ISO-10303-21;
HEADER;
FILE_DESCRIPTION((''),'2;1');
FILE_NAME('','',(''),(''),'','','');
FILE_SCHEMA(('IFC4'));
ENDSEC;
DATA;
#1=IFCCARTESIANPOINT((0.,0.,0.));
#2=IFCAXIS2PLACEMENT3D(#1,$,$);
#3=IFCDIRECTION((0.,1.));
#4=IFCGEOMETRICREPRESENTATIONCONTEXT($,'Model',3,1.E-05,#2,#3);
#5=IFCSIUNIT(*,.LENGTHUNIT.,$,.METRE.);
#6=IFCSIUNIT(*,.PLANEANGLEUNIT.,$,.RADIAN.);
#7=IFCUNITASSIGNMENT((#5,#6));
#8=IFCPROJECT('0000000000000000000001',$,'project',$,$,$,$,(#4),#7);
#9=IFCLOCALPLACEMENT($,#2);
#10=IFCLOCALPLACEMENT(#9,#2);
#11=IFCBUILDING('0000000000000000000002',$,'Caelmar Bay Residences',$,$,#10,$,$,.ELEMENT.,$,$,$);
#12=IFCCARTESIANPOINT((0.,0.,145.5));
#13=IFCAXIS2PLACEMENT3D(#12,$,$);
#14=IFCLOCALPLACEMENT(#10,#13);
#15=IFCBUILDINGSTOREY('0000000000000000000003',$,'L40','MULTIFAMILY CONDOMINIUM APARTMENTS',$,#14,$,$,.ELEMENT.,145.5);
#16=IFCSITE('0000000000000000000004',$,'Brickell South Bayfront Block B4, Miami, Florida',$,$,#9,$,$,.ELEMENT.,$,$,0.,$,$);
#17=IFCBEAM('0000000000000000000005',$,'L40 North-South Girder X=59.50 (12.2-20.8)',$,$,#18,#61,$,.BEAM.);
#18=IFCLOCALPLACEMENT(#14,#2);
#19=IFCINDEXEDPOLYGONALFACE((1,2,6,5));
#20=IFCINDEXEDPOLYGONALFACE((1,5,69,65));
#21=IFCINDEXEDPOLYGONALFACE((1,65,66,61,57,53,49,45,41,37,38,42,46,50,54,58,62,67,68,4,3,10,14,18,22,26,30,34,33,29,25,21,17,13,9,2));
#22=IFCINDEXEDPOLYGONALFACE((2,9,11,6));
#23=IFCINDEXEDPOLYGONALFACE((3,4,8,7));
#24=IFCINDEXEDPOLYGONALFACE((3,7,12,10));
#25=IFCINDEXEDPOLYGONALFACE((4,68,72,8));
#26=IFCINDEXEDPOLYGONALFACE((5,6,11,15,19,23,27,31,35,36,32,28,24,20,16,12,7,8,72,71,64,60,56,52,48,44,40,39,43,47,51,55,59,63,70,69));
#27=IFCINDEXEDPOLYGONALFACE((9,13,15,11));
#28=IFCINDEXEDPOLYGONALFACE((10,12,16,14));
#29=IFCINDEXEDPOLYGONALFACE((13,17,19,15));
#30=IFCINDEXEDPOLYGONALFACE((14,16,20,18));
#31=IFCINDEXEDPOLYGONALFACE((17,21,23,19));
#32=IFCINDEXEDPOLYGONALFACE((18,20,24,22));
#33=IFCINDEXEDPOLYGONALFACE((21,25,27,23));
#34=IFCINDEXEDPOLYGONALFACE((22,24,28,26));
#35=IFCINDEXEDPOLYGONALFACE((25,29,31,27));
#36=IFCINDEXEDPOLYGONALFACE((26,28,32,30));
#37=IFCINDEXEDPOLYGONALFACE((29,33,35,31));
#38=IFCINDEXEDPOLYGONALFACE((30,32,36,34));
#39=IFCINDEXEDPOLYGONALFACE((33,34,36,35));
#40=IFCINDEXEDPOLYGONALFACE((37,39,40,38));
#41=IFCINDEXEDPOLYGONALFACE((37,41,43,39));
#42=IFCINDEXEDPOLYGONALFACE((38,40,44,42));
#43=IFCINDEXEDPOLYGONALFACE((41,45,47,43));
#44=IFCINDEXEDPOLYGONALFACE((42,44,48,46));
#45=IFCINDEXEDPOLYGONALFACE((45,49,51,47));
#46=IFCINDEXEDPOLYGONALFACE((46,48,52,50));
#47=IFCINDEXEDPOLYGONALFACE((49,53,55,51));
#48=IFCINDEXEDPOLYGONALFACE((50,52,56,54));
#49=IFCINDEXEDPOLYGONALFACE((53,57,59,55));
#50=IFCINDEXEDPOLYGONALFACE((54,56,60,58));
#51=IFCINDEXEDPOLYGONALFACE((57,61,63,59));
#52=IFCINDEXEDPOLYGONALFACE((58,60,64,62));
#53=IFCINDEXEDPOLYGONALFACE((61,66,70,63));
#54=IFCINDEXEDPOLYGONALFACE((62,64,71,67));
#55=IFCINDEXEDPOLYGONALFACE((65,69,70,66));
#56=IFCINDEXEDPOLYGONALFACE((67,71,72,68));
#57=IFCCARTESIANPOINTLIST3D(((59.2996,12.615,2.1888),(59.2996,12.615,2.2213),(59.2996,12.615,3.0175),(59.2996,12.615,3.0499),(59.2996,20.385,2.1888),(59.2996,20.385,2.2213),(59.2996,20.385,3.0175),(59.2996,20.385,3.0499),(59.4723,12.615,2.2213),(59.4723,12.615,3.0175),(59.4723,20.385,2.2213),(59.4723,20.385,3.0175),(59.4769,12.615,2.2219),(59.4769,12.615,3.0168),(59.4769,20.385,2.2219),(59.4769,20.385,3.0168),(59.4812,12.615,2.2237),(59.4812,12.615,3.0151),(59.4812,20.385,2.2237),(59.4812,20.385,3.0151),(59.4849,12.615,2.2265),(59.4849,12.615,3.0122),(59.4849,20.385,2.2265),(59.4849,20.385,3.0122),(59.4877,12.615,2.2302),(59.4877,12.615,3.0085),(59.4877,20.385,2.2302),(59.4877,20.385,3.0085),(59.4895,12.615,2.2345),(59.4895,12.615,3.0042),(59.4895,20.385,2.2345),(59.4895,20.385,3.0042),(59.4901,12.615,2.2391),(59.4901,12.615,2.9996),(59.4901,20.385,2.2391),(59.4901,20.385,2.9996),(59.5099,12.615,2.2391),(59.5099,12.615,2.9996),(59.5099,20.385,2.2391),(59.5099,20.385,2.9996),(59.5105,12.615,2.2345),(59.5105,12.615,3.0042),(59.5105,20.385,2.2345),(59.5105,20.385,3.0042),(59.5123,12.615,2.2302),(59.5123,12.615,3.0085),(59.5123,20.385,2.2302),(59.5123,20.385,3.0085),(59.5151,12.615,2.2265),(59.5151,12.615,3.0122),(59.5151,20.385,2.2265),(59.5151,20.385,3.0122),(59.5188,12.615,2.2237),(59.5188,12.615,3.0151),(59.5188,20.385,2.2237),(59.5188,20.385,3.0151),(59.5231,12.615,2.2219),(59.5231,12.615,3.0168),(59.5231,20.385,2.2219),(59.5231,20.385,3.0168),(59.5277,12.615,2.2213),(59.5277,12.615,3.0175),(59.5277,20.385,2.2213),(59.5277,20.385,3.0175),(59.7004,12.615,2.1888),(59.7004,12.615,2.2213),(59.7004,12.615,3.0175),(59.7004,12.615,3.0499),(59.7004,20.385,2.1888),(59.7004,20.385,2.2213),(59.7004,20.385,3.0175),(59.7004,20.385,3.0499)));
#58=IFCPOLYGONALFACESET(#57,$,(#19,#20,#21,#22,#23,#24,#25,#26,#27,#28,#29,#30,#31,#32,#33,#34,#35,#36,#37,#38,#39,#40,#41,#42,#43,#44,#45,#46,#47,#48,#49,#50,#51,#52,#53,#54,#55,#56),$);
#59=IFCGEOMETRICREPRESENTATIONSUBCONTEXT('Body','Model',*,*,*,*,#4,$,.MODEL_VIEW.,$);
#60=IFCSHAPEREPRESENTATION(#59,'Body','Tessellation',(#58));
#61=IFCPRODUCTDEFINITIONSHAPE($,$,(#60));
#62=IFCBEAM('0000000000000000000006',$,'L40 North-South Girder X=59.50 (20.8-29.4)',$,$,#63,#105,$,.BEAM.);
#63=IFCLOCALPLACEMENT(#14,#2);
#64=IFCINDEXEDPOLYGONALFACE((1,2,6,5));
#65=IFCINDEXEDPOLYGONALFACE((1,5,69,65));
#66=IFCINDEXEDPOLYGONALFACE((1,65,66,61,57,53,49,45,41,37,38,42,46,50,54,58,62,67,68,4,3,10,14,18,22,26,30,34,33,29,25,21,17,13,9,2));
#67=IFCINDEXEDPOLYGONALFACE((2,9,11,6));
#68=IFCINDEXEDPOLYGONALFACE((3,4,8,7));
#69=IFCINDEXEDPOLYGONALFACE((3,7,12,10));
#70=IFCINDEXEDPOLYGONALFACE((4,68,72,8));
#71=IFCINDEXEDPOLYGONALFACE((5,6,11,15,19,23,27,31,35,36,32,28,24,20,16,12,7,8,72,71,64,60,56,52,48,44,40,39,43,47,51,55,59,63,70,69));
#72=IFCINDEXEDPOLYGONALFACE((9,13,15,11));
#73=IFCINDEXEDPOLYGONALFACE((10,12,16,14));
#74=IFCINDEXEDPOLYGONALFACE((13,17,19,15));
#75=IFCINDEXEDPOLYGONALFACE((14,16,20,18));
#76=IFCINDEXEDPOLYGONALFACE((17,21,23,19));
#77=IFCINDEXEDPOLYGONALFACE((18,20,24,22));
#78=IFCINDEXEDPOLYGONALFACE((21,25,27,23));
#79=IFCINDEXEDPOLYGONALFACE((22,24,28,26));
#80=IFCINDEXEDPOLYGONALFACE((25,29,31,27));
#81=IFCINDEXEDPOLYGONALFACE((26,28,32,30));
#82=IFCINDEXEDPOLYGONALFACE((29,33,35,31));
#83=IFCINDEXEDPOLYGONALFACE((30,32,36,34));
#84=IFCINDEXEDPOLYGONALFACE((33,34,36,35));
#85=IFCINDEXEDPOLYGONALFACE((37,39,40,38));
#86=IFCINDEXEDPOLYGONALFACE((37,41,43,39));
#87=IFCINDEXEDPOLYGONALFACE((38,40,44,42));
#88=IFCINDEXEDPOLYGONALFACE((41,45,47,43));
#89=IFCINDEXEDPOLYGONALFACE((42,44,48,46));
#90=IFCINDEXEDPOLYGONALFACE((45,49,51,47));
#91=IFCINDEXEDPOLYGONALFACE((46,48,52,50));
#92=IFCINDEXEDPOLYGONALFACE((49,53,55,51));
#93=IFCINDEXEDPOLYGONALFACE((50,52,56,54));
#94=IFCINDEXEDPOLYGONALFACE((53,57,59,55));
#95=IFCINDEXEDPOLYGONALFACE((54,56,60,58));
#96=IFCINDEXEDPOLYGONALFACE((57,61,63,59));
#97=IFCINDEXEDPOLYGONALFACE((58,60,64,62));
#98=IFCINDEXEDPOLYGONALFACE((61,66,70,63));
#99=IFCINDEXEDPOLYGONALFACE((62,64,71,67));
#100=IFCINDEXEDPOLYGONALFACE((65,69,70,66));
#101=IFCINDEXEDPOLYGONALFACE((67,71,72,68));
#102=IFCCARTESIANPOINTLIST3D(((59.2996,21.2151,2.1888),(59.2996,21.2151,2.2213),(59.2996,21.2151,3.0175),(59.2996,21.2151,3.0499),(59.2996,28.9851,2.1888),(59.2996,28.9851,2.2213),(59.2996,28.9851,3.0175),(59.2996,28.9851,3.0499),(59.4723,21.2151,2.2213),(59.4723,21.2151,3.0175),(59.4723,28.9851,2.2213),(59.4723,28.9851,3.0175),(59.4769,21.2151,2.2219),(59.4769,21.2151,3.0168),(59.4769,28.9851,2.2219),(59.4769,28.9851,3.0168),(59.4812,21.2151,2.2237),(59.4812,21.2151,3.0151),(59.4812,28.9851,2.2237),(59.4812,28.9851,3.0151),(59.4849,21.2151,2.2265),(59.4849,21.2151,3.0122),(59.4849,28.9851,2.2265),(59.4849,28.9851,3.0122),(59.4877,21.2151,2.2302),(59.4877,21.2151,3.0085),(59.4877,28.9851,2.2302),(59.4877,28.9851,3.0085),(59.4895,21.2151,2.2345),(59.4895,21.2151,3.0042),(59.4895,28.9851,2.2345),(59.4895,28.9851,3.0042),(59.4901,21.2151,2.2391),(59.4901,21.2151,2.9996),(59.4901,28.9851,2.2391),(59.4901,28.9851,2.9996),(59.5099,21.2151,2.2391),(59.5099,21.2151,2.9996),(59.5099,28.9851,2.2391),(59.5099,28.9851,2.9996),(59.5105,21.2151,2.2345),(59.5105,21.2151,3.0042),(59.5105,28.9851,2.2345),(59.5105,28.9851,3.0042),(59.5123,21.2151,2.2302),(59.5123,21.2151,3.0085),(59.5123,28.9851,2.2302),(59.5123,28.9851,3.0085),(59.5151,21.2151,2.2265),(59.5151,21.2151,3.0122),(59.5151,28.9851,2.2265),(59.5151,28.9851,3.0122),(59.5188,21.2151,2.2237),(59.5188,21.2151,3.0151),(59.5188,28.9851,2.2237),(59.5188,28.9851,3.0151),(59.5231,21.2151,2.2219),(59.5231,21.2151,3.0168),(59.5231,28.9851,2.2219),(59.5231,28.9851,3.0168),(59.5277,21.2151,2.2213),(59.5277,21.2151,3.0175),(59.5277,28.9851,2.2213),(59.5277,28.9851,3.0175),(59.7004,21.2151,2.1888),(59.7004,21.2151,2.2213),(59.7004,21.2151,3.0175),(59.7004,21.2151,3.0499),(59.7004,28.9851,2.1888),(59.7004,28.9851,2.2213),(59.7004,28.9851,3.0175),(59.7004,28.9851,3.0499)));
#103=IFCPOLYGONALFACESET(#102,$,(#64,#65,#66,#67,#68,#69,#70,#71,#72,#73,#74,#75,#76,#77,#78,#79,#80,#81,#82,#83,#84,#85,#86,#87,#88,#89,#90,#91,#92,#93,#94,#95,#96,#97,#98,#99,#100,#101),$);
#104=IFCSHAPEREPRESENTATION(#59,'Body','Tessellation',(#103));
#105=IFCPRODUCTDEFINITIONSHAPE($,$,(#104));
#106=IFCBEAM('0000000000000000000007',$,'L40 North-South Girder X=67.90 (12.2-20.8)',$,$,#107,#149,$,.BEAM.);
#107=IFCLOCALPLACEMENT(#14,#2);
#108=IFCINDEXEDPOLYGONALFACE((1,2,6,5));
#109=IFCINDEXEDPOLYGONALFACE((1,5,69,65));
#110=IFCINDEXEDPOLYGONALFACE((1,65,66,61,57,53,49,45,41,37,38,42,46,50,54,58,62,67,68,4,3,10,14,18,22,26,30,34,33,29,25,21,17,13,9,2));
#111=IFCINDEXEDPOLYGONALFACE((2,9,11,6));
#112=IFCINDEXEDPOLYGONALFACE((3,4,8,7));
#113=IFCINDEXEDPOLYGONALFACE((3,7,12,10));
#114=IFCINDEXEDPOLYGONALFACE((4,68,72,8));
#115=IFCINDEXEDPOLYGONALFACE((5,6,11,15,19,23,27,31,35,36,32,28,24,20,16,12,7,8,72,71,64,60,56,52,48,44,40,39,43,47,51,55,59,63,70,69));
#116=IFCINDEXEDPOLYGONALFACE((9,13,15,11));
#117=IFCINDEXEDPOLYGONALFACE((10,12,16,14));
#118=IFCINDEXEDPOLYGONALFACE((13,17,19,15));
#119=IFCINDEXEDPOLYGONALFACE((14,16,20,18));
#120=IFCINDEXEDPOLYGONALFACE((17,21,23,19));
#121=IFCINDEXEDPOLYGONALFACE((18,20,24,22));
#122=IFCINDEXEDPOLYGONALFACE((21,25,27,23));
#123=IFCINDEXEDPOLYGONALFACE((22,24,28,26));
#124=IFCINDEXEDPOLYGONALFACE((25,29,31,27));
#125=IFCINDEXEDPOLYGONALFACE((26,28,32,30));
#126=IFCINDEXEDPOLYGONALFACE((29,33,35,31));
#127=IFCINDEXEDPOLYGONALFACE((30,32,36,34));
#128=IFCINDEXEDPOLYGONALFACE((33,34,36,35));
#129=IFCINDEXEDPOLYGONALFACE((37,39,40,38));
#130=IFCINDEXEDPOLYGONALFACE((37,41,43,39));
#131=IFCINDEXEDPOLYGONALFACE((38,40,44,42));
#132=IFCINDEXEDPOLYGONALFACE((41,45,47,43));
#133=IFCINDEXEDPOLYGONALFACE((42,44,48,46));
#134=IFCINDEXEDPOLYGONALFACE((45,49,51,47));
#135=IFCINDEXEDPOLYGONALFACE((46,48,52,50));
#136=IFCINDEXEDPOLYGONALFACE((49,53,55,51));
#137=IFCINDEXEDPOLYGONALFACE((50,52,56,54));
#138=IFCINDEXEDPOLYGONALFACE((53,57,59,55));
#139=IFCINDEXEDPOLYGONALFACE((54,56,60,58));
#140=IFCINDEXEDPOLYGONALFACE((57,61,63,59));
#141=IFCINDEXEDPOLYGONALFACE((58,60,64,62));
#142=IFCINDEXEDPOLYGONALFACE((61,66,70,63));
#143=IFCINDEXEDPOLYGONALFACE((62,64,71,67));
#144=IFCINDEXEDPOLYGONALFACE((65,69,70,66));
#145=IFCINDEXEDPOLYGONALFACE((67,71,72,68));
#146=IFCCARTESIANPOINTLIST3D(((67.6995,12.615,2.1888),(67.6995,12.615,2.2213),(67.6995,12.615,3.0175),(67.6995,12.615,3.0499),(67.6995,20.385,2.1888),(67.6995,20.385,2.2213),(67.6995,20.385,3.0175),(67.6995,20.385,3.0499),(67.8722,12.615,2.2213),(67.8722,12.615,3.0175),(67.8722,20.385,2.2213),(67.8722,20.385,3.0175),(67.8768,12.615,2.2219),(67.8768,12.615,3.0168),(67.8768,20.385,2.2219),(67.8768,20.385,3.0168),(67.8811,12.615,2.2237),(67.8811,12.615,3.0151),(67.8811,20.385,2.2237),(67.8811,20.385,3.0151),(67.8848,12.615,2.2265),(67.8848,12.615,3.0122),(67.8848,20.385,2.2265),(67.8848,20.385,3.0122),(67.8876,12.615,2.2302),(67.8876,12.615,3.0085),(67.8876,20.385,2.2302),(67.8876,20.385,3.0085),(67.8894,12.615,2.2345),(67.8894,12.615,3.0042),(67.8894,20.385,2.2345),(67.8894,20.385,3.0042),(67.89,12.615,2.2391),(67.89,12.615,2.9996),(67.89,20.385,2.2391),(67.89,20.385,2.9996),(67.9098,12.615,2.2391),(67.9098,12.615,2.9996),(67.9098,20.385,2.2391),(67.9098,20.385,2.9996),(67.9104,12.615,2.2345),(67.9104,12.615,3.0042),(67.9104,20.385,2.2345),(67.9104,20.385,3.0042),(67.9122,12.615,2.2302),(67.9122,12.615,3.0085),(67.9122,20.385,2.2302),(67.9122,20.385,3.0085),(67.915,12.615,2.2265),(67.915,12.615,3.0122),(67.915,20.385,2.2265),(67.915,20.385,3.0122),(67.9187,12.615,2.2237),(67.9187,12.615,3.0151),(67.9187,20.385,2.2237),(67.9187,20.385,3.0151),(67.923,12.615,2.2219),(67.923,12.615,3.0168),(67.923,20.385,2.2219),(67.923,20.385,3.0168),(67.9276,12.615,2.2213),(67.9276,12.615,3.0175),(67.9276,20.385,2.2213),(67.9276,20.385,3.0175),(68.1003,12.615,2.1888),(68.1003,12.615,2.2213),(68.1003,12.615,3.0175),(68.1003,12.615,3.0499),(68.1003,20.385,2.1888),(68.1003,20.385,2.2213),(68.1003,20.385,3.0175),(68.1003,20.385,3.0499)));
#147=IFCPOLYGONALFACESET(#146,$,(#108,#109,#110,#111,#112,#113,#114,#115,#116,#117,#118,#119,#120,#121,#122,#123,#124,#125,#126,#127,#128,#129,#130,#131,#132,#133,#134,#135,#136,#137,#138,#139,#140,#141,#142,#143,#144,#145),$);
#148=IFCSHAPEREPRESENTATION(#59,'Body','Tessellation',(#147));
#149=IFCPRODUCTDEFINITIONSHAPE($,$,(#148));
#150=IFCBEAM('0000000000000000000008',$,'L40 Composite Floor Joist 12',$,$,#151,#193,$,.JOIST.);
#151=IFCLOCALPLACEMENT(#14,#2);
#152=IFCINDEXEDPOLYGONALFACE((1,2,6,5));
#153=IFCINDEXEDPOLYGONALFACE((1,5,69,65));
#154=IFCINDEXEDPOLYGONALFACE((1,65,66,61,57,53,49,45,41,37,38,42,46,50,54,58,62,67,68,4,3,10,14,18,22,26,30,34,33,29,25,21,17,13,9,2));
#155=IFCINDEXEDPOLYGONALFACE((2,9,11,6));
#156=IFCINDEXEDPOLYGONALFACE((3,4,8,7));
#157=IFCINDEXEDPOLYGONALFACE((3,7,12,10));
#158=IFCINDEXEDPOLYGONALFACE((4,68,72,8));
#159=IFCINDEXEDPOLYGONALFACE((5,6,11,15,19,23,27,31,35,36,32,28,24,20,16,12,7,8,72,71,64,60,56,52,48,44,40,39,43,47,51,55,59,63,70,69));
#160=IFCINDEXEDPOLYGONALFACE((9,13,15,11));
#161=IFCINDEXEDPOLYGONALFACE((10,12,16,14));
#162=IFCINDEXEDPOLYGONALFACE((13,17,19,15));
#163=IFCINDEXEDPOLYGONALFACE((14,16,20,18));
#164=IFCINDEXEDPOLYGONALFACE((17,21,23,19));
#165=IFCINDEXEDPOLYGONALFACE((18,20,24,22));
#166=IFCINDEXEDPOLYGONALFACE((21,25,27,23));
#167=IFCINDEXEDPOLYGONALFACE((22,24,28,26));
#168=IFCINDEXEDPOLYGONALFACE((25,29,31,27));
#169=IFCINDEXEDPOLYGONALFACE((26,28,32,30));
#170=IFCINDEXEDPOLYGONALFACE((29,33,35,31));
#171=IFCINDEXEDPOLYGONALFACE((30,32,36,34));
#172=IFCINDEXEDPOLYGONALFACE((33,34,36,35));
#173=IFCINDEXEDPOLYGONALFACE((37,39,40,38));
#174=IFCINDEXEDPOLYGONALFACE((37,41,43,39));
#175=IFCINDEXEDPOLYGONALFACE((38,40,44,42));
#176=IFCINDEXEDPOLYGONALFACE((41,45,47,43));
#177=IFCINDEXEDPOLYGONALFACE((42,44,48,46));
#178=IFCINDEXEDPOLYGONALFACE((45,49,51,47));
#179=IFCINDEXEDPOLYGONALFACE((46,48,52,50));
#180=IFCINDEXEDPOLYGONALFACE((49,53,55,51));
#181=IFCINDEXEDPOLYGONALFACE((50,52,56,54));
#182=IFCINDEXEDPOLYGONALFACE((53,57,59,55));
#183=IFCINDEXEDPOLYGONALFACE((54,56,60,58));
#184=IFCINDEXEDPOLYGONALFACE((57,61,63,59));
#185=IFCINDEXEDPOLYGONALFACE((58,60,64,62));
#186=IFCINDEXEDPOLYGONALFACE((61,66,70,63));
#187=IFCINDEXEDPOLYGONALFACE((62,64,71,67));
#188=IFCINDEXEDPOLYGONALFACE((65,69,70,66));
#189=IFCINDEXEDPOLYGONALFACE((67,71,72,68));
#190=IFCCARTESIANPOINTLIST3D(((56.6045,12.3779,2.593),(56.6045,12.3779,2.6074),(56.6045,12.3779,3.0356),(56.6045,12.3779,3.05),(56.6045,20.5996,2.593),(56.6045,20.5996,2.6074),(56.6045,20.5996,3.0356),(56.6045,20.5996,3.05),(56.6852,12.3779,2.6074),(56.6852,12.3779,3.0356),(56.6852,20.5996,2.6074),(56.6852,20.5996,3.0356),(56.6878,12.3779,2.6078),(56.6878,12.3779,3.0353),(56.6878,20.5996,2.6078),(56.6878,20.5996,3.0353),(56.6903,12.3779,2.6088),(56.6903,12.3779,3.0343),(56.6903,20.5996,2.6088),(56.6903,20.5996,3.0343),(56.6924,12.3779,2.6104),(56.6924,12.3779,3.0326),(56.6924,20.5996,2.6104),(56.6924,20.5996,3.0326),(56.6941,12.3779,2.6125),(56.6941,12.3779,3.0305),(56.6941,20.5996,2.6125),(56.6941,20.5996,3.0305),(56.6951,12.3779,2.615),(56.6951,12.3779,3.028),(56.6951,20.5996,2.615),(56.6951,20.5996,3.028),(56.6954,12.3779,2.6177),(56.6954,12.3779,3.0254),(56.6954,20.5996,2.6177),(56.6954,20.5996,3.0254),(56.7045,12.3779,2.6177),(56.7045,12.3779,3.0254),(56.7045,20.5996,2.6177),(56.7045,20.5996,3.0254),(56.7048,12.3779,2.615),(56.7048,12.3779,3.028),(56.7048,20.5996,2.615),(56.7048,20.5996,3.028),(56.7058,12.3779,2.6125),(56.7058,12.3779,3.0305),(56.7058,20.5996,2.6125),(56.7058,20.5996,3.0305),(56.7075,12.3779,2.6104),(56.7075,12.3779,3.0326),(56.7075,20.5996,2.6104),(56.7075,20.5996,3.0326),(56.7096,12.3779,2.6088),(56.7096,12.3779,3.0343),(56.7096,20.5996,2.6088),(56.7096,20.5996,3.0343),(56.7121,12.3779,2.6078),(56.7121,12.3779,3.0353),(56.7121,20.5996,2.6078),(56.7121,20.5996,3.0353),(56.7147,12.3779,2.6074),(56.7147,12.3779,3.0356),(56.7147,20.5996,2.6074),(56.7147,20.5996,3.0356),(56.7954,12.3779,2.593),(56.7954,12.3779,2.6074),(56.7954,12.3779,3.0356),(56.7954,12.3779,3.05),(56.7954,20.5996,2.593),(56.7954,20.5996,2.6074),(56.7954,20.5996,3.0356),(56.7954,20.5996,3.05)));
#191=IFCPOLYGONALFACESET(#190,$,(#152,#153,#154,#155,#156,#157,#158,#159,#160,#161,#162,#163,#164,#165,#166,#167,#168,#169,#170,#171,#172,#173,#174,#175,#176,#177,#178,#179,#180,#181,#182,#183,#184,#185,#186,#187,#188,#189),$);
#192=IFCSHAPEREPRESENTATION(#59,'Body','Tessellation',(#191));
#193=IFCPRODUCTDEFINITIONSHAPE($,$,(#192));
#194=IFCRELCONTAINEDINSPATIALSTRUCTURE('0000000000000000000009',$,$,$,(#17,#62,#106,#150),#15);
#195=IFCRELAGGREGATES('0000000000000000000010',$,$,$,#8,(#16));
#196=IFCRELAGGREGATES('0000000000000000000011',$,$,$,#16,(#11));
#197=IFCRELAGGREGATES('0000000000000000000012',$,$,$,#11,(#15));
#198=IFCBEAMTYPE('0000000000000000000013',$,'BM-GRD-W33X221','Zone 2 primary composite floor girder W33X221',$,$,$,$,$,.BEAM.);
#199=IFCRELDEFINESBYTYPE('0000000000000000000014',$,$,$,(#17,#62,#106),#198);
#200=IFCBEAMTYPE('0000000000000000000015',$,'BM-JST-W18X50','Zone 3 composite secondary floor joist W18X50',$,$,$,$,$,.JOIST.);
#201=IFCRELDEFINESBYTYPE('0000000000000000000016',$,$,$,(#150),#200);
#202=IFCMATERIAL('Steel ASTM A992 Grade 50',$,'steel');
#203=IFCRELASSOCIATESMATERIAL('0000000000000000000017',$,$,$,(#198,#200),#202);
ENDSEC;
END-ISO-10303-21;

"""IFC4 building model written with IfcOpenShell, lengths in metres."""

from ifc_helpers import new_model, si_unit, direction, frame, origin, origin_2d, place, context, subcontext, project, spatial, i_section, extrude, material, material_profile, profile_set, type_object, element, save


model = new_model("IFC4")

# Units and contexts
model_context = context("Model", 3, precision=1e-05, world=origin(), true_north=direction((0.0, 1.0)))
body_context = subcontext(model_context, "Body", "Model", "MODEL_VIEW")
ifc_project = project(units=[si_unit("LENGTHUNIT", "METRE"), si_unit("PLANEANGLEUNIT", "RADIAN")], contexts=[model_context])

# Site, building, storey
site_placement = place(None, origin())
site = spatial("IfcSite", under=ifc_project, at=site_placement, Name="Brickell South Bayfront Block B4, Miami, Florida", CompositionType="ELEMENT", RefElevation=0.0)
building_placement = place(site_placement, origin())
building = spatial("IfcBuilding", under=site, at=building_placement, Name="Caelmar Bay Residences", CompositionType="ELEMENT")
storey_placement = place(building_placement, frame((0.0, 0.0, 145.5)))
storey = spatial("IfcBuildingStorey", under=building, at=storey_placement, Name="L40", Description="MULTIFAMILY CONDOMINIUM APARTMENTS", CompositionType="ELEMENT", Elevation=145.5)

# Beams
ifc_material_1 = material(Name="Steel ASTM A992 Grade 50", Category="steel")
ifc_material_profile_1 = material_profile(ifc_material_1, i_section(OverallWidth=0.4009, OverallDepth=0.8611, WebThickness=0.0198, FlangeThickness=0.0325, FilletRadius=0.0178, at=origin_2d()), Name="W33X221")
ifc_profile_set_1 = profile_set([ifc_material_profile_1], Name="Steel ASTM A992 Grade 50")
beam_type_1 = type_object("IfcBeamType", Name="BM-GRD-W33X221", Description="Zone 2 primary composite floor girder W33X221", PredefinedType="BEAM", material=ifc_profile_set_1)
for number, where, z_axis, x_axis, name in (
    (1, (59.5, 12.615, 2.6194), (0.0, 1.0, 0.0), (-1.0, 0.0, 0.0), "L40 North-South Girder X=59.50 (12.2-20.8)"),
    (2, (59.5, 21.2151, 2.6194), (0.0, 1.0, 0.0), (-1.0, 0.0, 0.0), "L40 North-South Girder X=59.50 (20.8-29.4)"),
    (3, (67.8999, 12.615, 2.6194), (0.0, 1.0, 0.0), (-1.0, 0.0, 0.0), "L40 North-South Girder X=67.90 (12.2-20.8)"),
):
    element("IfcBeam", number, at=place(storey_placement, frame(where, z_axis=z_axis, x_axis=x_axis)), inside=storey, type_object=beam_type_1, Name=name, PredefinedType="BEAM", context=body_context, shape_type="SweptSolid", body=[
        extrude(i_section(OverallWidth=0.4009, OverallDepth=0.8611, WebThickness=0.0198, FlangeThickness=0.0325, FilletRadius=0.0178, at=origin_2d()), origin(), (0.0, 0.0, 1.0), 7.77),
    ])
ifc_material_profile_2 = material_profile(ifc_material_1, i_section(OverallWidth=0.1909, OverallDepth=0.457, WebThickness=0.009, FlangeThickness=0.0144, FilletRadius=0.0103, at=origin_2d()), Name="W18X50")
ifc_profile_set_2 = profile_set([ifc_material_profile_2], Name="Steel ASTM A992 Grade 50")
beam_type_2 = type_object("IfcBeamType", Name="BM-JST-W18X50", Description="Zone 3 composite secondary floor joist W18X50", PredefinedType="JOIST", material=ifc_profile_set_2)
for number, where, z_axis, x_axis, name in (
    (4, (56.7, 12.3779, 2.8215), (0.0, 1.0, 0.0), (-1.0, 0.0, 0.0), "L40 Composite Floor Joist 12"),
):
    element("IfcBeam", number, at=place(storey_placement, frame(where, z_axis=z_axis, x_axis=x_axis)), inside=storey, type_object=beam_type_2, Name=name, PredefinedType="JOIST", context=body_context, shape_type="SweptSolid", body=[
        extrude(i_section(OverallWidth=0.1909, OverallDepth=0.457, WebThickness=0.009, FlangeThickness=0.0144, FilletRadius=0.0103, at=origin_2d()), origin(), (0.0, 0.0, 1.0), 8.2217),
    ])

save(model, "model.ifc")
